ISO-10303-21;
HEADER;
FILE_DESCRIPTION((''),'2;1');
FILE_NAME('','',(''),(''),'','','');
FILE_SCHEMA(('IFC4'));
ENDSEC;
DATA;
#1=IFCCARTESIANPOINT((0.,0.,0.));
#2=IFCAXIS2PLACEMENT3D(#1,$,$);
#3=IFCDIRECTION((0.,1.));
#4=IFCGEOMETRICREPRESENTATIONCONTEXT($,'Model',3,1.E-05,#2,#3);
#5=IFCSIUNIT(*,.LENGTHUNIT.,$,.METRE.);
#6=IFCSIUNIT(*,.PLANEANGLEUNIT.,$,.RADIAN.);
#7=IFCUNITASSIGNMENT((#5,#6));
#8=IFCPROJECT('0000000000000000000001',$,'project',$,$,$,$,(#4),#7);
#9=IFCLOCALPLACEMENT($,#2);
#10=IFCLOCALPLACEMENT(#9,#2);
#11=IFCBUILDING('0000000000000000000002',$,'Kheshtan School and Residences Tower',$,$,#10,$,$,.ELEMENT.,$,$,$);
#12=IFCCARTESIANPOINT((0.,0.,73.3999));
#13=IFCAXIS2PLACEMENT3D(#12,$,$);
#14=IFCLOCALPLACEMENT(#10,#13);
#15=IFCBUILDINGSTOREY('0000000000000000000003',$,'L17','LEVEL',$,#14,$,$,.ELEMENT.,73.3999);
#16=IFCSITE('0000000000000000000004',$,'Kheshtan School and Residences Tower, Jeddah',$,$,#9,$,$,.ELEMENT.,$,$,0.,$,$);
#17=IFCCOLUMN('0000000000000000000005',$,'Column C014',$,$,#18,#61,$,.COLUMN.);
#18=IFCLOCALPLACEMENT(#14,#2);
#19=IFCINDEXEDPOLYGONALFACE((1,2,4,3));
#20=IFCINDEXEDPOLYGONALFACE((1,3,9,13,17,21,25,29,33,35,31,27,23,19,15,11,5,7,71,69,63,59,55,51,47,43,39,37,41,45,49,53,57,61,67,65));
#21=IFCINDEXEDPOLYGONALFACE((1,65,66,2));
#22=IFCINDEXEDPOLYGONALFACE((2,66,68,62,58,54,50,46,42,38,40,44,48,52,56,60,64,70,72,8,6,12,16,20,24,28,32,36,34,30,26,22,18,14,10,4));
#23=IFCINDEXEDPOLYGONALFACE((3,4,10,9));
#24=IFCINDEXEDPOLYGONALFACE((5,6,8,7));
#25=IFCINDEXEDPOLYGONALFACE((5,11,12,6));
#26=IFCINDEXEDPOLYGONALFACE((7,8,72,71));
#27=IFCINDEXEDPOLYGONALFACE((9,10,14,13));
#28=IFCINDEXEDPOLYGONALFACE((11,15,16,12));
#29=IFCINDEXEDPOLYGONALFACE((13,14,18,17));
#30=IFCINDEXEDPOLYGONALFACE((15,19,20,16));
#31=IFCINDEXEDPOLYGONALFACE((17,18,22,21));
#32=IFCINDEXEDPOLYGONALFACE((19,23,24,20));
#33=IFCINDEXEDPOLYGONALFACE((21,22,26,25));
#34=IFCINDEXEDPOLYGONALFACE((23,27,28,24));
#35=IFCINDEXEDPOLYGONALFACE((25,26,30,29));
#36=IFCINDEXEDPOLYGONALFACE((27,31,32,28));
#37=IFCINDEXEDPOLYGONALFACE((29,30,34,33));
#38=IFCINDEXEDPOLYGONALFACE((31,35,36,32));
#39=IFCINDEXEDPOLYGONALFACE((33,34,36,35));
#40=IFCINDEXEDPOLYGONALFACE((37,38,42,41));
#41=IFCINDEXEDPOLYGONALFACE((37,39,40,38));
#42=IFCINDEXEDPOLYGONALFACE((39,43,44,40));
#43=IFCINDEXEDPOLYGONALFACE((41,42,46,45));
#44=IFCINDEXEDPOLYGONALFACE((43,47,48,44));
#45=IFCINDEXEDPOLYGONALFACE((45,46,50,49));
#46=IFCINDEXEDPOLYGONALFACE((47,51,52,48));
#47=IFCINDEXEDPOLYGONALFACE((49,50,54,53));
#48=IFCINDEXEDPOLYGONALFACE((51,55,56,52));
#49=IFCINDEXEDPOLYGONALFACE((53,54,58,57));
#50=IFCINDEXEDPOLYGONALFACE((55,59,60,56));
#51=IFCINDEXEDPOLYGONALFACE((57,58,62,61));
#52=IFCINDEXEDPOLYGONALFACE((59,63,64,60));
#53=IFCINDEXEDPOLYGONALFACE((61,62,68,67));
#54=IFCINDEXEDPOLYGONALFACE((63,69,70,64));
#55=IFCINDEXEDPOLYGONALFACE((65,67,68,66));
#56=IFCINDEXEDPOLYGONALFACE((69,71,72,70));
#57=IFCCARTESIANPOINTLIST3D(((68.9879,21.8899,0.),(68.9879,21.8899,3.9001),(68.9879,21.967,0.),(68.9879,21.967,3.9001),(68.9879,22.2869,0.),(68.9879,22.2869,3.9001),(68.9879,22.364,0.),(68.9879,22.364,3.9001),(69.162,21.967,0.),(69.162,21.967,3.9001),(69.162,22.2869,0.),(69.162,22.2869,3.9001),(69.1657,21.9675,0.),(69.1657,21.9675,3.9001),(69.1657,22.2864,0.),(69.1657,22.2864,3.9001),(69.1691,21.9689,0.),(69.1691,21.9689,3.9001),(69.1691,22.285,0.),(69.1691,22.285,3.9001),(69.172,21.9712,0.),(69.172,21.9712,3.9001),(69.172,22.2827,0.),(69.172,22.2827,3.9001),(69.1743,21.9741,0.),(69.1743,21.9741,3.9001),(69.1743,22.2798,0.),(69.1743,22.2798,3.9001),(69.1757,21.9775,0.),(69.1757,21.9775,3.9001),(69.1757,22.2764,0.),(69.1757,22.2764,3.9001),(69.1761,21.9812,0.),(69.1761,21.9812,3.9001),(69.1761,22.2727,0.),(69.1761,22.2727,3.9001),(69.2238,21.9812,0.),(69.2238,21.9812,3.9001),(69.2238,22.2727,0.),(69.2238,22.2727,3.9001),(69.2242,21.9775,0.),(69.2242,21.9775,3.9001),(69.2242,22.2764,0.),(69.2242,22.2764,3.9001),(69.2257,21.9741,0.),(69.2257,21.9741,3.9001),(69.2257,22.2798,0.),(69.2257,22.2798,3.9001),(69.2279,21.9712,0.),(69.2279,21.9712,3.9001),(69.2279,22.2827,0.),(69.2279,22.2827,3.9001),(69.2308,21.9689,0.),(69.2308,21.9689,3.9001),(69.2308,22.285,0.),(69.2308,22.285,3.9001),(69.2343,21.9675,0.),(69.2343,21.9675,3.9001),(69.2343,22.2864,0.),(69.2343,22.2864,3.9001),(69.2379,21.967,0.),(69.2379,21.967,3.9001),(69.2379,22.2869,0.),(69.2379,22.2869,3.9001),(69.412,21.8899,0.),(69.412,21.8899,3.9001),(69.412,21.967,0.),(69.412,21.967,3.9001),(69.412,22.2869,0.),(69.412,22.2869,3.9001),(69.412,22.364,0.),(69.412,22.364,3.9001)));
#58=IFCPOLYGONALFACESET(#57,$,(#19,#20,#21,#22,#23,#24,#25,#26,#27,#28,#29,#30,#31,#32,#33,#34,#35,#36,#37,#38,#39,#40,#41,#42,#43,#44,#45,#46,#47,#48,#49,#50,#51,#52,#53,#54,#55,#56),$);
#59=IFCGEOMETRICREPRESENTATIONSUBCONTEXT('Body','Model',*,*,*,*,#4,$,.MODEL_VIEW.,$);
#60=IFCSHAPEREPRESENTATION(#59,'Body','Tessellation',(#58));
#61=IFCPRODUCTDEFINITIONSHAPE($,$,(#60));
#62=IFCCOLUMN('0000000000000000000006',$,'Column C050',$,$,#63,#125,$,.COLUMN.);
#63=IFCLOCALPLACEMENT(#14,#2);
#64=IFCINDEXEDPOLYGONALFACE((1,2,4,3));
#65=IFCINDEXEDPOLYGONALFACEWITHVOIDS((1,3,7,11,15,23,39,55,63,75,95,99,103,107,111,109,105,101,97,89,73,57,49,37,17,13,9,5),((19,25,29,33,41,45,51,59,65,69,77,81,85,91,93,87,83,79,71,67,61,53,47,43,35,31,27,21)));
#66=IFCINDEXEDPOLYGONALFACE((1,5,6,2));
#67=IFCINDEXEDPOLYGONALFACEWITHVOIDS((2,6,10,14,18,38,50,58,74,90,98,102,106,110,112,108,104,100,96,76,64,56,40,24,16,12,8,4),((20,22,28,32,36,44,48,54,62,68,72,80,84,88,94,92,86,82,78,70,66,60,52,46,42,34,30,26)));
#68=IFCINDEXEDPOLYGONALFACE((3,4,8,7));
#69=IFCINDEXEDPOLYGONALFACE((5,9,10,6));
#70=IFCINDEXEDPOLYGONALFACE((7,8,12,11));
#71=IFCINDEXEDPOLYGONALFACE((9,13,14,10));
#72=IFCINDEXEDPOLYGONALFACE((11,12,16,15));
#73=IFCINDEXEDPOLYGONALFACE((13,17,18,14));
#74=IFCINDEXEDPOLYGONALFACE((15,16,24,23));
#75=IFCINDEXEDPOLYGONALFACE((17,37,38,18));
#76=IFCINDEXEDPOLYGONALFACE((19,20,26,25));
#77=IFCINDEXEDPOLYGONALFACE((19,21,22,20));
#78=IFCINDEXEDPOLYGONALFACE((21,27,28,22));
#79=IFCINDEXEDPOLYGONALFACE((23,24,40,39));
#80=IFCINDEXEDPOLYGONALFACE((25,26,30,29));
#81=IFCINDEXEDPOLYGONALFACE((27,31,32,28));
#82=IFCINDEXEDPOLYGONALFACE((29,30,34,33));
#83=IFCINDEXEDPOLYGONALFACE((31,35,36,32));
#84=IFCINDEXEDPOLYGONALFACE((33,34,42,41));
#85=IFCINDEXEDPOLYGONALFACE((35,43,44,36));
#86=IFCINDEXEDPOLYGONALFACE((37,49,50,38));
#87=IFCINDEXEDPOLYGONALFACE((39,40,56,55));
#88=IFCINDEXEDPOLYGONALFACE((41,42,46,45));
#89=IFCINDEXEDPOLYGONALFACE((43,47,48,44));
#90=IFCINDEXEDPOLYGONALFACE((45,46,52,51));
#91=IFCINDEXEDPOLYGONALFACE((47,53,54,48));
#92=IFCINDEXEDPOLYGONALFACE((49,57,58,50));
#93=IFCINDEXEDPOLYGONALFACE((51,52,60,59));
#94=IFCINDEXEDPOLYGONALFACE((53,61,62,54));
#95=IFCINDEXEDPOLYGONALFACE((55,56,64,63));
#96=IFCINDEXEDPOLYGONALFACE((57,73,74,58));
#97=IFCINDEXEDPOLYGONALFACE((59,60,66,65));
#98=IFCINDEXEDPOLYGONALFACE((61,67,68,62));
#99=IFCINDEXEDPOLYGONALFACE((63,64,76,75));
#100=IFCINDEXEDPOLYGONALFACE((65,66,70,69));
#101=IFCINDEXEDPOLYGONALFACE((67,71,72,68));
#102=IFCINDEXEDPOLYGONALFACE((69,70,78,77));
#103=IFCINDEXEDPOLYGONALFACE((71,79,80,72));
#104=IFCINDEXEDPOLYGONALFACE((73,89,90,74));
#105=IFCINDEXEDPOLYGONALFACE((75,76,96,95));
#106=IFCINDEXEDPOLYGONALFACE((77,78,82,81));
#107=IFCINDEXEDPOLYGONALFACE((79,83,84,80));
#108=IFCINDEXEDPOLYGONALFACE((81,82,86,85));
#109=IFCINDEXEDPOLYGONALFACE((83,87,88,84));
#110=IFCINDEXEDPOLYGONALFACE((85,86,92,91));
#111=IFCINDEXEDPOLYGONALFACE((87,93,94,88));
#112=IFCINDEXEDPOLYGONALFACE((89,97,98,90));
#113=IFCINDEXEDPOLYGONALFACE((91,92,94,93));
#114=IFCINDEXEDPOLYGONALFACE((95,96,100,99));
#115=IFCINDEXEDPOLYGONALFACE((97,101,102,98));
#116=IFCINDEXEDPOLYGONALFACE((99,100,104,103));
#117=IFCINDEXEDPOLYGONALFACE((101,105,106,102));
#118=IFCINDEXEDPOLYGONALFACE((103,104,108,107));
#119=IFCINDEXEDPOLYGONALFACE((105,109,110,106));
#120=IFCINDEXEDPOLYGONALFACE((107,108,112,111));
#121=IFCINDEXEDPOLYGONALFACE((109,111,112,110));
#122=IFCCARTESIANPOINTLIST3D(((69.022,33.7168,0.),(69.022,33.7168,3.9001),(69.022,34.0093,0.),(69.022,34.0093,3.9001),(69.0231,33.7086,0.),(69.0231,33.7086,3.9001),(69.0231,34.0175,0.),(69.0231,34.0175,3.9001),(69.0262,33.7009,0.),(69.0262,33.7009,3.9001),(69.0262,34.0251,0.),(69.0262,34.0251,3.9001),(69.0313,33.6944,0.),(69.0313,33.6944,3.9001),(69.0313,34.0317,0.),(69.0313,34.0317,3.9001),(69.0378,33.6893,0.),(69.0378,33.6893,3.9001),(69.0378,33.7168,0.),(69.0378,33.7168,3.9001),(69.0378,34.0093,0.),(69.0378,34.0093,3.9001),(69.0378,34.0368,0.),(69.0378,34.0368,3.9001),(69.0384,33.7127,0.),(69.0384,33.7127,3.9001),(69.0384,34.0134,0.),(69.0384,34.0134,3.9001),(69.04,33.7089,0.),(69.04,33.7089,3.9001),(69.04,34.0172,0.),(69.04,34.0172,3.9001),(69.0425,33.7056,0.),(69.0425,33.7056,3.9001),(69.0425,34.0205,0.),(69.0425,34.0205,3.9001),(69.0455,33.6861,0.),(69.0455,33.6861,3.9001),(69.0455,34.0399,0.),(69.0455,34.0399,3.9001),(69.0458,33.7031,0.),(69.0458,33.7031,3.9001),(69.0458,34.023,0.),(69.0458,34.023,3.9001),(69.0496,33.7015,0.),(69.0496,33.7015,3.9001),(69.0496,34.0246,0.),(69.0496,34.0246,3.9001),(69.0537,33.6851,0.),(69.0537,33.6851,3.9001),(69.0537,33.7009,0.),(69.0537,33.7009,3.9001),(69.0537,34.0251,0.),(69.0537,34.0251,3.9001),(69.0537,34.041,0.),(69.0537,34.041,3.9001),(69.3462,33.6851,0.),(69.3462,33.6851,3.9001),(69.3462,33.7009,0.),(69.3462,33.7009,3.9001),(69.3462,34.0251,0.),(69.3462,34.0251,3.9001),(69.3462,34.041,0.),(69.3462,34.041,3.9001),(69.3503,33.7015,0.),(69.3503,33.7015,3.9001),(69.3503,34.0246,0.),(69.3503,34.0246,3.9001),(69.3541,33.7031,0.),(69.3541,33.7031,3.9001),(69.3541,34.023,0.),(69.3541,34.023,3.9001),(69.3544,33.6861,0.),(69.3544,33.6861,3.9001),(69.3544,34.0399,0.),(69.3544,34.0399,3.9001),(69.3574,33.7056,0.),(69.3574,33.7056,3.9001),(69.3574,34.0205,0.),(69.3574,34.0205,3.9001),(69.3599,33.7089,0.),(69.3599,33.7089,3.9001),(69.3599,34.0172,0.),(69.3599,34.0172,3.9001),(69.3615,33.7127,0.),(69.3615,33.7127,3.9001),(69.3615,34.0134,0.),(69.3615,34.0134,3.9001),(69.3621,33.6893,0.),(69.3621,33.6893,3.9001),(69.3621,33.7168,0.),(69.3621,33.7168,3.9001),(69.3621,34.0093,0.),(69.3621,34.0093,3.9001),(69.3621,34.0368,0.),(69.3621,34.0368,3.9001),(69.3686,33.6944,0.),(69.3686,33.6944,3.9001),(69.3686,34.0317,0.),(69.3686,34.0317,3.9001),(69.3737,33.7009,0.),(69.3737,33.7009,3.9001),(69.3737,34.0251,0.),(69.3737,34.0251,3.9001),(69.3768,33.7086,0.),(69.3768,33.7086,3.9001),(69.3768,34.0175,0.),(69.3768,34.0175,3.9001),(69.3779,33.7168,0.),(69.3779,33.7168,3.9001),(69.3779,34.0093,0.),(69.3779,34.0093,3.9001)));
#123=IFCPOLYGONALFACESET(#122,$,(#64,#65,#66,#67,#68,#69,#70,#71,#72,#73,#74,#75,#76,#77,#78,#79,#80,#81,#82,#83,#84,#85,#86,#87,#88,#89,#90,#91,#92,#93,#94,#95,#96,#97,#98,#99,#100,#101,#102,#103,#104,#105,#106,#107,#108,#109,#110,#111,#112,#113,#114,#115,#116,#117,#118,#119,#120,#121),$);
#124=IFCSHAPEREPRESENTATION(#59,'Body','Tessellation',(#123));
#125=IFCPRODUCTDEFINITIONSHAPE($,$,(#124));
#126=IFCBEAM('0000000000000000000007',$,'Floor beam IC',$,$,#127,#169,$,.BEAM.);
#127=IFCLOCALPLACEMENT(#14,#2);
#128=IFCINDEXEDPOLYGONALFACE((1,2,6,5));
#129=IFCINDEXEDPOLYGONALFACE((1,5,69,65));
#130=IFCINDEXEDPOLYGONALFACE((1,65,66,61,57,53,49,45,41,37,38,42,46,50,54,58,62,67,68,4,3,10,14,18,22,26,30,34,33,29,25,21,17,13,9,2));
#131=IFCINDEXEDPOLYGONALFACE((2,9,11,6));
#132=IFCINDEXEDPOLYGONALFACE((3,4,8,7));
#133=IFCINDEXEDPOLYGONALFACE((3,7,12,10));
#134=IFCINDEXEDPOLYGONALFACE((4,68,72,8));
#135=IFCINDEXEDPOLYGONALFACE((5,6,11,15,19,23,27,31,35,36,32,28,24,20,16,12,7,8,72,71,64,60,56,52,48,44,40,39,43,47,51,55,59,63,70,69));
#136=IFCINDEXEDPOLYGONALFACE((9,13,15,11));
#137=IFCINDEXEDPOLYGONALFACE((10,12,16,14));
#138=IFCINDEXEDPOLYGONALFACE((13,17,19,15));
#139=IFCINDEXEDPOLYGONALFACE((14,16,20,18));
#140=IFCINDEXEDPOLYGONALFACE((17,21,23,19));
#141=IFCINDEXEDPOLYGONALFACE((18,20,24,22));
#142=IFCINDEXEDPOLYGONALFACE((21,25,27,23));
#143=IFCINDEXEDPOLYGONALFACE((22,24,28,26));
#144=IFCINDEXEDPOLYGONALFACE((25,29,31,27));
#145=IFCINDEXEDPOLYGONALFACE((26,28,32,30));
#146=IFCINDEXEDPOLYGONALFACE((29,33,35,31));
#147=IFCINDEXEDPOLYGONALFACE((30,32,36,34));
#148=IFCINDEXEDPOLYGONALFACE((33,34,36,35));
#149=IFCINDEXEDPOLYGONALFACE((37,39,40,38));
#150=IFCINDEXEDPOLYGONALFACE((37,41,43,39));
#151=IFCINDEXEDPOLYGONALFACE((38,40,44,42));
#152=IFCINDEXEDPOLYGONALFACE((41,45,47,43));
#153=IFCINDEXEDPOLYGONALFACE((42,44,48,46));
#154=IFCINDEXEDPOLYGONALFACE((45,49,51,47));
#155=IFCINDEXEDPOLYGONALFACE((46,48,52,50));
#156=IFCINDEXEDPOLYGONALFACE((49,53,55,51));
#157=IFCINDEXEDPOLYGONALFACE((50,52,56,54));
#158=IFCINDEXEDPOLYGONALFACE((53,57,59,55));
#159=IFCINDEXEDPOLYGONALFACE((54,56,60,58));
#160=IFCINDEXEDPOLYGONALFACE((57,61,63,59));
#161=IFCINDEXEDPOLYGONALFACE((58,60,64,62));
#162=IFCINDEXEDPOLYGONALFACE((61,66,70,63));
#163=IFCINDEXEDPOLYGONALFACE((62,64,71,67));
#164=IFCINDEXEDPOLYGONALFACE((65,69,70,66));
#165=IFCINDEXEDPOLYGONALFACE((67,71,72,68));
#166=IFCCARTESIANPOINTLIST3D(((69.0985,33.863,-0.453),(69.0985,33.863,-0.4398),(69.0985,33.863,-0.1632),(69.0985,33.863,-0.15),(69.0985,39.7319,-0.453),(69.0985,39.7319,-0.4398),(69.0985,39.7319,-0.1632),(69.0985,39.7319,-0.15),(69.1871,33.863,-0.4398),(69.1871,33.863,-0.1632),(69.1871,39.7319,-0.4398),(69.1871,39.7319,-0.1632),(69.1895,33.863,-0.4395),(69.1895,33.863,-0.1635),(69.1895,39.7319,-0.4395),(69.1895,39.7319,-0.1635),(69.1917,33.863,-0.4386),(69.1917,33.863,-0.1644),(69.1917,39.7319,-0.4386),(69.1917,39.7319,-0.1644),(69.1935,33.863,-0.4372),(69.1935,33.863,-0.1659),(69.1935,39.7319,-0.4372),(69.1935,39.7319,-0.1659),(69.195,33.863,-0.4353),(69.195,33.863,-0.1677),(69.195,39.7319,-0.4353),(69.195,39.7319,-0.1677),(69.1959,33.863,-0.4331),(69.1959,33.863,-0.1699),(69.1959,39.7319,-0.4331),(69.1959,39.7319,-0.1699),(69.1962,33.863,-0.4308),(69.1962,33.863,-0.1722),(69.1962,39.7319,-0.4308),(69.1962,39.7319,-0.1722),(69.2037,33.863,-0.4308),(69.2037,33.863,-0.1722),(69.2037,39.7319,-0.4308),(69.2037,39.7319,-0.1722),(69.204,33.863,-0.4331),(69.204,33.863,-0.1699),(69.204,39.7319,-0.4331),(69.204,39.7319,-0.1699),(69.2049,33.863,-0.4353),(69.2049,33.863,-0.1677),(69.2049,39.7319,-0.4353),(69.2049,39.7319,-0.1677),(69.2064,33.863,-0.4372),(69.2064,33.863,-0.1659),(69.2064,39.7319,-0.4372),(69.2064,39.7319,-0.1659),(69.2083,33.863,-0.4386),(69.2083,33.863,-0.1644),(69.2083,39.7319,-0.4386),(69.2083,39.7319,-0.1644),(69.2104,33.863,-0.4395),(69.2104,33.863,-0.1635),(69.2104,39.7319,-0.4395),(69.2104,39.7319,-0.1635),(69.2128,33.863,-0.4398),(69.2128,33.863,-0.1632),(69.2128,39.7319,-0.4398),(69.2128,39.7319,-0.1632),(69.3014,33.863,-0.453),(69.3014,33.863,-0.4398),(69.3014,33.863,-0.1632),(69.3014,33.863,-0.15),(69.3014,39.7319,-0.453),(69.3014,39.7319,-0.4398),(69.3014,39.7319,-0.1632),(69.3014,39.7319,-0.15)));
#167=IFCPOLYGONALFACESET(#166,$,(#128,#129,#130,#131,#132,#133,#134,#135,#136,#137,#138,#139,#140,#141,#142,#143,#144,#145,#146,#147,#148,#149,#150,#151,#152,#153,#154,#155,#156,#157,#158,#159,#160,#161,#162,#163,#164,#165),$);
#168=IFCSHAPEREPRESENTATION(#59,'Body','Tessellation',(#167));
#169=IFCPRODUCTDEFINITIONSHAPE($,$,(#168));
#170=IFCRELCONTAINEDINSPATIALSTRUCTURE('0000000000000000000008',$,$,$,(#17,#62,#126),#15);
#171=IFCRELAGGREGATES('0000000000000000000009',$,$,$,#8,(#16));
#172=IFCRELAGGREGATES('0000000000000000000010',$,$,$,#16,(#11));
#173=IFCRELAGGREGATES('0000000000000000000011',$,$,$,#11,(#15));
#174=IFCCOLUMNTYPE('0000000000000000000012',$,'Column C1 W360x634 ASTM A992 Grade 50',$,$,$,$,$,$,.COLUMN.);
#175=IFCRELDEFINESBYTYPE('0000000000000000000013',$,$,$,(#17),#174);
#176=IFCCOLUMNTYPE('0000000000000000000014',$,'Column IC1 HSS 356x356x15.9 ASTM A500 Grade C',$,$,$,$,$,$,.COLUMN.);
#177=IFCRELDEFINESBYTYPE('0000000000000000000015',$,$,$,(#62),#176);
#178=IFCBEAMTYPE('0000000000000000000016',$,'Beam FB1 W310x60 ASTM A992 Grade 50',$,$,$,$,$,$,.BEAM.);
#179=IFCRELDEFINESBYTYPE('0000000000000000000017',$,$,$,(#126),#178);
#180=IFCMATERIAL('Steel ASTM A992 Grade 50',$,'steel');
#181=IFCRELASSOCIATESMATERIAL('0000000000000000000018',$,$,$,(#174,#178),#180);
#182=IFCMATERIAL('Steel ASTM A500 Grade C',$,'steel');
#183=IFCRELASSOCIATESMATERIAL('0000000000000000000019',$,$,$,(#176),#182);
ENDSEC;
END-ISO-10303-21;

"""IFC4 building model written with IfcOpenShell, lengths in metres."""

from ifc_helpers import new_model, si_unit, direction, frame, origin, origin_2d, place, context, subcontext, project, spatial, hollow_rectangle, i_section, extrude, material, material_profile, profile_set, type_object, element, save


model = new_model("IFC4")

# Units and contexts
model_context = context("Model", 3, precision=1e-05, world=origin(), true_north=direction((0.0, 1.0)))
body_context = subcontext(model_context, "Body", "Model", "MODEL_VIEW")
ifc_project = project(units=[si_unit("LENGTHUNIT", "METRE"), si_unit("PLANEANGLEUNIT", "RADIAN")], contexts=[model_context])

# Site, building, storey
site_placement = place(None, origin())
site = spatial("IfcSite", under=ifc_project, at=site_placement, Name="Kheshtan School and Residences Tower, Jeddah", CompositionType="ELEMENT", RefElevation=0.0)
building_placement = place(site_placement, origin())
building = spatial("IfcBuilding", under=site, at=building_placement, Name="Kheshtan School and Residences Tower", CompositionType="ELEMENT")
storey_placement = place(building_placement, frame((0.0, 0.0, 73.3999)))
storey = spatial("IfcBuildingStorey", under=building, at=storey_placement, Name="L17", Description="LEVEL", CompositionType="ELEMENT", Elevation=73.3999)

# Columns
ifc_material_1 = material(Name="Steel ASTM A992 Grade 50", Category="steel")
ifc_material_profile_1 = material_profile(ifc_material_1, i_section(OverallWidth=0.4241, OverallDepth=0.4741, WebThickness=0.0476, FlangeThickness=0.0771, FilletRadius=0.0142, at=origin_2d()), Name="W360x634")
ifc_profile_set_1 = profile_set([ifc_material_profile_1], Name="Steel ASTM A992 Grade 50")
column_type_1 = type_object("IfcColumnType", Name="Column C1 W360x634 ASTM A992 Grade 50", PredefinedType="COLUMN", material=ifc_profile_set_1)
column_1_placement = place(storey_placement, frame((69.2, 22.127, 0.0), z_axis=(0.0, 0.0, 1.0), x_axis=(1.0, 0.0, 0.0)))
element("IfcColumn", 1, at=column_1_placement, inside=storey, type_object=column_type_1, Name="Column C014", PredefinedType="COLUMN", context=body_context, shape_type="SweptSolid", body=[
    extrude(i_section(OverallWidth=0.4241, OverallDepth=0.4741, WebThickness=0.0476, FlangeThickness=0.0771, FilletRadius=0.0142, at=origin_2d()), origin(), (0.0, 0.0, 1.0), 3.9001),
])
ifc_material_2 = material(Name="Steel ASTM A500 Grade C", Category="steel")
ifc_material_profile_2 = material_profile(ifc_material_2, hollow_rectangle(XDim=0.356, YDim=0.356, WallThickness=0.0159, InnerFilletRadius=0.0159, OuterFilletRadius=0.0317, at=origin_2d()), Name="HSS 356x356x15.9")
ifc_profile_set_2 = profile_set([ifc_material_profile_2], Name="Steel ASTM A500 Grade C")
column_type_2 = type_object("IfcColumnType", Name="Column IC1 HSS 356x356x15.9 ASTM A500 Grade C", PredefinedType="COLUMN", material=ifc_profile_set_2)
column_2_placement = place(storey_placement, frame((69.2, 33.863, 0.0), z_axis=(0.0, 0.0, 1.0), x_axis=(1.0, 0.0, 0.0)))
element("IfcColumn", 2, at=column_2_placement, inside=storey, type_object=column_type_2, Name="Column C050", PredefinedType="COLUMN", context=body_context, shape_type="SweptSolid", body=[
    extrude(hollow_rectangle(XDim=0.356, YDim=0.356, WallThickness=0.0159, InnerFilletRadius=0.0159, OuterFilletRadius=0.0317, at=origin_2d()), origin(), (0.0, 0.0, 1.0), 3.9001),
])

# Beam
ifc_material_profile_3 = material_profile(ifc_material_1, i_section(OverallWidth=0.2029, OverallDepth=0.303, WebThickness=0.0076, FlangeThickness=0.0132, FilletRadius=0.009, at=origin_2d()), Name="W310x60")
ifc_profile_set_3 = profile_set([ifc_material_profile_3], Name="Steel ASTM A992 Grade 50")
beam_type_1 = type_object("IfcBeamType", Name="Beam FB1 W310x60 ASTM A992 Grade 50", PredefinedType="BEAM", material=ifc_profile_set_3)
beam_1_placement = place(storey_placement, frame((69.2, 33.863, -0.3015), z_axis=(0.0, 1.0, 0.0), x_axis=(-1.0, 0.0, 0.0)))
element("IfcBeam", 3, at=beam_1_placement, inside=storey, type_object=beam_type_1, Name="Floor beam IC", PredefinedType="BEAM", context=body_context, shape_type="SweptSolid", body=[
    extrude(i_section(OverallWidth=0.2029, OverallDepth=0.303, WebThickness=0.0076, FlangeThickness=0.0132, FilletRadius=0.009, at=origin_2d()), origin(), (0.0, 0.0, 1.0), 5.8689),
])

save(model, "model.ifc")
